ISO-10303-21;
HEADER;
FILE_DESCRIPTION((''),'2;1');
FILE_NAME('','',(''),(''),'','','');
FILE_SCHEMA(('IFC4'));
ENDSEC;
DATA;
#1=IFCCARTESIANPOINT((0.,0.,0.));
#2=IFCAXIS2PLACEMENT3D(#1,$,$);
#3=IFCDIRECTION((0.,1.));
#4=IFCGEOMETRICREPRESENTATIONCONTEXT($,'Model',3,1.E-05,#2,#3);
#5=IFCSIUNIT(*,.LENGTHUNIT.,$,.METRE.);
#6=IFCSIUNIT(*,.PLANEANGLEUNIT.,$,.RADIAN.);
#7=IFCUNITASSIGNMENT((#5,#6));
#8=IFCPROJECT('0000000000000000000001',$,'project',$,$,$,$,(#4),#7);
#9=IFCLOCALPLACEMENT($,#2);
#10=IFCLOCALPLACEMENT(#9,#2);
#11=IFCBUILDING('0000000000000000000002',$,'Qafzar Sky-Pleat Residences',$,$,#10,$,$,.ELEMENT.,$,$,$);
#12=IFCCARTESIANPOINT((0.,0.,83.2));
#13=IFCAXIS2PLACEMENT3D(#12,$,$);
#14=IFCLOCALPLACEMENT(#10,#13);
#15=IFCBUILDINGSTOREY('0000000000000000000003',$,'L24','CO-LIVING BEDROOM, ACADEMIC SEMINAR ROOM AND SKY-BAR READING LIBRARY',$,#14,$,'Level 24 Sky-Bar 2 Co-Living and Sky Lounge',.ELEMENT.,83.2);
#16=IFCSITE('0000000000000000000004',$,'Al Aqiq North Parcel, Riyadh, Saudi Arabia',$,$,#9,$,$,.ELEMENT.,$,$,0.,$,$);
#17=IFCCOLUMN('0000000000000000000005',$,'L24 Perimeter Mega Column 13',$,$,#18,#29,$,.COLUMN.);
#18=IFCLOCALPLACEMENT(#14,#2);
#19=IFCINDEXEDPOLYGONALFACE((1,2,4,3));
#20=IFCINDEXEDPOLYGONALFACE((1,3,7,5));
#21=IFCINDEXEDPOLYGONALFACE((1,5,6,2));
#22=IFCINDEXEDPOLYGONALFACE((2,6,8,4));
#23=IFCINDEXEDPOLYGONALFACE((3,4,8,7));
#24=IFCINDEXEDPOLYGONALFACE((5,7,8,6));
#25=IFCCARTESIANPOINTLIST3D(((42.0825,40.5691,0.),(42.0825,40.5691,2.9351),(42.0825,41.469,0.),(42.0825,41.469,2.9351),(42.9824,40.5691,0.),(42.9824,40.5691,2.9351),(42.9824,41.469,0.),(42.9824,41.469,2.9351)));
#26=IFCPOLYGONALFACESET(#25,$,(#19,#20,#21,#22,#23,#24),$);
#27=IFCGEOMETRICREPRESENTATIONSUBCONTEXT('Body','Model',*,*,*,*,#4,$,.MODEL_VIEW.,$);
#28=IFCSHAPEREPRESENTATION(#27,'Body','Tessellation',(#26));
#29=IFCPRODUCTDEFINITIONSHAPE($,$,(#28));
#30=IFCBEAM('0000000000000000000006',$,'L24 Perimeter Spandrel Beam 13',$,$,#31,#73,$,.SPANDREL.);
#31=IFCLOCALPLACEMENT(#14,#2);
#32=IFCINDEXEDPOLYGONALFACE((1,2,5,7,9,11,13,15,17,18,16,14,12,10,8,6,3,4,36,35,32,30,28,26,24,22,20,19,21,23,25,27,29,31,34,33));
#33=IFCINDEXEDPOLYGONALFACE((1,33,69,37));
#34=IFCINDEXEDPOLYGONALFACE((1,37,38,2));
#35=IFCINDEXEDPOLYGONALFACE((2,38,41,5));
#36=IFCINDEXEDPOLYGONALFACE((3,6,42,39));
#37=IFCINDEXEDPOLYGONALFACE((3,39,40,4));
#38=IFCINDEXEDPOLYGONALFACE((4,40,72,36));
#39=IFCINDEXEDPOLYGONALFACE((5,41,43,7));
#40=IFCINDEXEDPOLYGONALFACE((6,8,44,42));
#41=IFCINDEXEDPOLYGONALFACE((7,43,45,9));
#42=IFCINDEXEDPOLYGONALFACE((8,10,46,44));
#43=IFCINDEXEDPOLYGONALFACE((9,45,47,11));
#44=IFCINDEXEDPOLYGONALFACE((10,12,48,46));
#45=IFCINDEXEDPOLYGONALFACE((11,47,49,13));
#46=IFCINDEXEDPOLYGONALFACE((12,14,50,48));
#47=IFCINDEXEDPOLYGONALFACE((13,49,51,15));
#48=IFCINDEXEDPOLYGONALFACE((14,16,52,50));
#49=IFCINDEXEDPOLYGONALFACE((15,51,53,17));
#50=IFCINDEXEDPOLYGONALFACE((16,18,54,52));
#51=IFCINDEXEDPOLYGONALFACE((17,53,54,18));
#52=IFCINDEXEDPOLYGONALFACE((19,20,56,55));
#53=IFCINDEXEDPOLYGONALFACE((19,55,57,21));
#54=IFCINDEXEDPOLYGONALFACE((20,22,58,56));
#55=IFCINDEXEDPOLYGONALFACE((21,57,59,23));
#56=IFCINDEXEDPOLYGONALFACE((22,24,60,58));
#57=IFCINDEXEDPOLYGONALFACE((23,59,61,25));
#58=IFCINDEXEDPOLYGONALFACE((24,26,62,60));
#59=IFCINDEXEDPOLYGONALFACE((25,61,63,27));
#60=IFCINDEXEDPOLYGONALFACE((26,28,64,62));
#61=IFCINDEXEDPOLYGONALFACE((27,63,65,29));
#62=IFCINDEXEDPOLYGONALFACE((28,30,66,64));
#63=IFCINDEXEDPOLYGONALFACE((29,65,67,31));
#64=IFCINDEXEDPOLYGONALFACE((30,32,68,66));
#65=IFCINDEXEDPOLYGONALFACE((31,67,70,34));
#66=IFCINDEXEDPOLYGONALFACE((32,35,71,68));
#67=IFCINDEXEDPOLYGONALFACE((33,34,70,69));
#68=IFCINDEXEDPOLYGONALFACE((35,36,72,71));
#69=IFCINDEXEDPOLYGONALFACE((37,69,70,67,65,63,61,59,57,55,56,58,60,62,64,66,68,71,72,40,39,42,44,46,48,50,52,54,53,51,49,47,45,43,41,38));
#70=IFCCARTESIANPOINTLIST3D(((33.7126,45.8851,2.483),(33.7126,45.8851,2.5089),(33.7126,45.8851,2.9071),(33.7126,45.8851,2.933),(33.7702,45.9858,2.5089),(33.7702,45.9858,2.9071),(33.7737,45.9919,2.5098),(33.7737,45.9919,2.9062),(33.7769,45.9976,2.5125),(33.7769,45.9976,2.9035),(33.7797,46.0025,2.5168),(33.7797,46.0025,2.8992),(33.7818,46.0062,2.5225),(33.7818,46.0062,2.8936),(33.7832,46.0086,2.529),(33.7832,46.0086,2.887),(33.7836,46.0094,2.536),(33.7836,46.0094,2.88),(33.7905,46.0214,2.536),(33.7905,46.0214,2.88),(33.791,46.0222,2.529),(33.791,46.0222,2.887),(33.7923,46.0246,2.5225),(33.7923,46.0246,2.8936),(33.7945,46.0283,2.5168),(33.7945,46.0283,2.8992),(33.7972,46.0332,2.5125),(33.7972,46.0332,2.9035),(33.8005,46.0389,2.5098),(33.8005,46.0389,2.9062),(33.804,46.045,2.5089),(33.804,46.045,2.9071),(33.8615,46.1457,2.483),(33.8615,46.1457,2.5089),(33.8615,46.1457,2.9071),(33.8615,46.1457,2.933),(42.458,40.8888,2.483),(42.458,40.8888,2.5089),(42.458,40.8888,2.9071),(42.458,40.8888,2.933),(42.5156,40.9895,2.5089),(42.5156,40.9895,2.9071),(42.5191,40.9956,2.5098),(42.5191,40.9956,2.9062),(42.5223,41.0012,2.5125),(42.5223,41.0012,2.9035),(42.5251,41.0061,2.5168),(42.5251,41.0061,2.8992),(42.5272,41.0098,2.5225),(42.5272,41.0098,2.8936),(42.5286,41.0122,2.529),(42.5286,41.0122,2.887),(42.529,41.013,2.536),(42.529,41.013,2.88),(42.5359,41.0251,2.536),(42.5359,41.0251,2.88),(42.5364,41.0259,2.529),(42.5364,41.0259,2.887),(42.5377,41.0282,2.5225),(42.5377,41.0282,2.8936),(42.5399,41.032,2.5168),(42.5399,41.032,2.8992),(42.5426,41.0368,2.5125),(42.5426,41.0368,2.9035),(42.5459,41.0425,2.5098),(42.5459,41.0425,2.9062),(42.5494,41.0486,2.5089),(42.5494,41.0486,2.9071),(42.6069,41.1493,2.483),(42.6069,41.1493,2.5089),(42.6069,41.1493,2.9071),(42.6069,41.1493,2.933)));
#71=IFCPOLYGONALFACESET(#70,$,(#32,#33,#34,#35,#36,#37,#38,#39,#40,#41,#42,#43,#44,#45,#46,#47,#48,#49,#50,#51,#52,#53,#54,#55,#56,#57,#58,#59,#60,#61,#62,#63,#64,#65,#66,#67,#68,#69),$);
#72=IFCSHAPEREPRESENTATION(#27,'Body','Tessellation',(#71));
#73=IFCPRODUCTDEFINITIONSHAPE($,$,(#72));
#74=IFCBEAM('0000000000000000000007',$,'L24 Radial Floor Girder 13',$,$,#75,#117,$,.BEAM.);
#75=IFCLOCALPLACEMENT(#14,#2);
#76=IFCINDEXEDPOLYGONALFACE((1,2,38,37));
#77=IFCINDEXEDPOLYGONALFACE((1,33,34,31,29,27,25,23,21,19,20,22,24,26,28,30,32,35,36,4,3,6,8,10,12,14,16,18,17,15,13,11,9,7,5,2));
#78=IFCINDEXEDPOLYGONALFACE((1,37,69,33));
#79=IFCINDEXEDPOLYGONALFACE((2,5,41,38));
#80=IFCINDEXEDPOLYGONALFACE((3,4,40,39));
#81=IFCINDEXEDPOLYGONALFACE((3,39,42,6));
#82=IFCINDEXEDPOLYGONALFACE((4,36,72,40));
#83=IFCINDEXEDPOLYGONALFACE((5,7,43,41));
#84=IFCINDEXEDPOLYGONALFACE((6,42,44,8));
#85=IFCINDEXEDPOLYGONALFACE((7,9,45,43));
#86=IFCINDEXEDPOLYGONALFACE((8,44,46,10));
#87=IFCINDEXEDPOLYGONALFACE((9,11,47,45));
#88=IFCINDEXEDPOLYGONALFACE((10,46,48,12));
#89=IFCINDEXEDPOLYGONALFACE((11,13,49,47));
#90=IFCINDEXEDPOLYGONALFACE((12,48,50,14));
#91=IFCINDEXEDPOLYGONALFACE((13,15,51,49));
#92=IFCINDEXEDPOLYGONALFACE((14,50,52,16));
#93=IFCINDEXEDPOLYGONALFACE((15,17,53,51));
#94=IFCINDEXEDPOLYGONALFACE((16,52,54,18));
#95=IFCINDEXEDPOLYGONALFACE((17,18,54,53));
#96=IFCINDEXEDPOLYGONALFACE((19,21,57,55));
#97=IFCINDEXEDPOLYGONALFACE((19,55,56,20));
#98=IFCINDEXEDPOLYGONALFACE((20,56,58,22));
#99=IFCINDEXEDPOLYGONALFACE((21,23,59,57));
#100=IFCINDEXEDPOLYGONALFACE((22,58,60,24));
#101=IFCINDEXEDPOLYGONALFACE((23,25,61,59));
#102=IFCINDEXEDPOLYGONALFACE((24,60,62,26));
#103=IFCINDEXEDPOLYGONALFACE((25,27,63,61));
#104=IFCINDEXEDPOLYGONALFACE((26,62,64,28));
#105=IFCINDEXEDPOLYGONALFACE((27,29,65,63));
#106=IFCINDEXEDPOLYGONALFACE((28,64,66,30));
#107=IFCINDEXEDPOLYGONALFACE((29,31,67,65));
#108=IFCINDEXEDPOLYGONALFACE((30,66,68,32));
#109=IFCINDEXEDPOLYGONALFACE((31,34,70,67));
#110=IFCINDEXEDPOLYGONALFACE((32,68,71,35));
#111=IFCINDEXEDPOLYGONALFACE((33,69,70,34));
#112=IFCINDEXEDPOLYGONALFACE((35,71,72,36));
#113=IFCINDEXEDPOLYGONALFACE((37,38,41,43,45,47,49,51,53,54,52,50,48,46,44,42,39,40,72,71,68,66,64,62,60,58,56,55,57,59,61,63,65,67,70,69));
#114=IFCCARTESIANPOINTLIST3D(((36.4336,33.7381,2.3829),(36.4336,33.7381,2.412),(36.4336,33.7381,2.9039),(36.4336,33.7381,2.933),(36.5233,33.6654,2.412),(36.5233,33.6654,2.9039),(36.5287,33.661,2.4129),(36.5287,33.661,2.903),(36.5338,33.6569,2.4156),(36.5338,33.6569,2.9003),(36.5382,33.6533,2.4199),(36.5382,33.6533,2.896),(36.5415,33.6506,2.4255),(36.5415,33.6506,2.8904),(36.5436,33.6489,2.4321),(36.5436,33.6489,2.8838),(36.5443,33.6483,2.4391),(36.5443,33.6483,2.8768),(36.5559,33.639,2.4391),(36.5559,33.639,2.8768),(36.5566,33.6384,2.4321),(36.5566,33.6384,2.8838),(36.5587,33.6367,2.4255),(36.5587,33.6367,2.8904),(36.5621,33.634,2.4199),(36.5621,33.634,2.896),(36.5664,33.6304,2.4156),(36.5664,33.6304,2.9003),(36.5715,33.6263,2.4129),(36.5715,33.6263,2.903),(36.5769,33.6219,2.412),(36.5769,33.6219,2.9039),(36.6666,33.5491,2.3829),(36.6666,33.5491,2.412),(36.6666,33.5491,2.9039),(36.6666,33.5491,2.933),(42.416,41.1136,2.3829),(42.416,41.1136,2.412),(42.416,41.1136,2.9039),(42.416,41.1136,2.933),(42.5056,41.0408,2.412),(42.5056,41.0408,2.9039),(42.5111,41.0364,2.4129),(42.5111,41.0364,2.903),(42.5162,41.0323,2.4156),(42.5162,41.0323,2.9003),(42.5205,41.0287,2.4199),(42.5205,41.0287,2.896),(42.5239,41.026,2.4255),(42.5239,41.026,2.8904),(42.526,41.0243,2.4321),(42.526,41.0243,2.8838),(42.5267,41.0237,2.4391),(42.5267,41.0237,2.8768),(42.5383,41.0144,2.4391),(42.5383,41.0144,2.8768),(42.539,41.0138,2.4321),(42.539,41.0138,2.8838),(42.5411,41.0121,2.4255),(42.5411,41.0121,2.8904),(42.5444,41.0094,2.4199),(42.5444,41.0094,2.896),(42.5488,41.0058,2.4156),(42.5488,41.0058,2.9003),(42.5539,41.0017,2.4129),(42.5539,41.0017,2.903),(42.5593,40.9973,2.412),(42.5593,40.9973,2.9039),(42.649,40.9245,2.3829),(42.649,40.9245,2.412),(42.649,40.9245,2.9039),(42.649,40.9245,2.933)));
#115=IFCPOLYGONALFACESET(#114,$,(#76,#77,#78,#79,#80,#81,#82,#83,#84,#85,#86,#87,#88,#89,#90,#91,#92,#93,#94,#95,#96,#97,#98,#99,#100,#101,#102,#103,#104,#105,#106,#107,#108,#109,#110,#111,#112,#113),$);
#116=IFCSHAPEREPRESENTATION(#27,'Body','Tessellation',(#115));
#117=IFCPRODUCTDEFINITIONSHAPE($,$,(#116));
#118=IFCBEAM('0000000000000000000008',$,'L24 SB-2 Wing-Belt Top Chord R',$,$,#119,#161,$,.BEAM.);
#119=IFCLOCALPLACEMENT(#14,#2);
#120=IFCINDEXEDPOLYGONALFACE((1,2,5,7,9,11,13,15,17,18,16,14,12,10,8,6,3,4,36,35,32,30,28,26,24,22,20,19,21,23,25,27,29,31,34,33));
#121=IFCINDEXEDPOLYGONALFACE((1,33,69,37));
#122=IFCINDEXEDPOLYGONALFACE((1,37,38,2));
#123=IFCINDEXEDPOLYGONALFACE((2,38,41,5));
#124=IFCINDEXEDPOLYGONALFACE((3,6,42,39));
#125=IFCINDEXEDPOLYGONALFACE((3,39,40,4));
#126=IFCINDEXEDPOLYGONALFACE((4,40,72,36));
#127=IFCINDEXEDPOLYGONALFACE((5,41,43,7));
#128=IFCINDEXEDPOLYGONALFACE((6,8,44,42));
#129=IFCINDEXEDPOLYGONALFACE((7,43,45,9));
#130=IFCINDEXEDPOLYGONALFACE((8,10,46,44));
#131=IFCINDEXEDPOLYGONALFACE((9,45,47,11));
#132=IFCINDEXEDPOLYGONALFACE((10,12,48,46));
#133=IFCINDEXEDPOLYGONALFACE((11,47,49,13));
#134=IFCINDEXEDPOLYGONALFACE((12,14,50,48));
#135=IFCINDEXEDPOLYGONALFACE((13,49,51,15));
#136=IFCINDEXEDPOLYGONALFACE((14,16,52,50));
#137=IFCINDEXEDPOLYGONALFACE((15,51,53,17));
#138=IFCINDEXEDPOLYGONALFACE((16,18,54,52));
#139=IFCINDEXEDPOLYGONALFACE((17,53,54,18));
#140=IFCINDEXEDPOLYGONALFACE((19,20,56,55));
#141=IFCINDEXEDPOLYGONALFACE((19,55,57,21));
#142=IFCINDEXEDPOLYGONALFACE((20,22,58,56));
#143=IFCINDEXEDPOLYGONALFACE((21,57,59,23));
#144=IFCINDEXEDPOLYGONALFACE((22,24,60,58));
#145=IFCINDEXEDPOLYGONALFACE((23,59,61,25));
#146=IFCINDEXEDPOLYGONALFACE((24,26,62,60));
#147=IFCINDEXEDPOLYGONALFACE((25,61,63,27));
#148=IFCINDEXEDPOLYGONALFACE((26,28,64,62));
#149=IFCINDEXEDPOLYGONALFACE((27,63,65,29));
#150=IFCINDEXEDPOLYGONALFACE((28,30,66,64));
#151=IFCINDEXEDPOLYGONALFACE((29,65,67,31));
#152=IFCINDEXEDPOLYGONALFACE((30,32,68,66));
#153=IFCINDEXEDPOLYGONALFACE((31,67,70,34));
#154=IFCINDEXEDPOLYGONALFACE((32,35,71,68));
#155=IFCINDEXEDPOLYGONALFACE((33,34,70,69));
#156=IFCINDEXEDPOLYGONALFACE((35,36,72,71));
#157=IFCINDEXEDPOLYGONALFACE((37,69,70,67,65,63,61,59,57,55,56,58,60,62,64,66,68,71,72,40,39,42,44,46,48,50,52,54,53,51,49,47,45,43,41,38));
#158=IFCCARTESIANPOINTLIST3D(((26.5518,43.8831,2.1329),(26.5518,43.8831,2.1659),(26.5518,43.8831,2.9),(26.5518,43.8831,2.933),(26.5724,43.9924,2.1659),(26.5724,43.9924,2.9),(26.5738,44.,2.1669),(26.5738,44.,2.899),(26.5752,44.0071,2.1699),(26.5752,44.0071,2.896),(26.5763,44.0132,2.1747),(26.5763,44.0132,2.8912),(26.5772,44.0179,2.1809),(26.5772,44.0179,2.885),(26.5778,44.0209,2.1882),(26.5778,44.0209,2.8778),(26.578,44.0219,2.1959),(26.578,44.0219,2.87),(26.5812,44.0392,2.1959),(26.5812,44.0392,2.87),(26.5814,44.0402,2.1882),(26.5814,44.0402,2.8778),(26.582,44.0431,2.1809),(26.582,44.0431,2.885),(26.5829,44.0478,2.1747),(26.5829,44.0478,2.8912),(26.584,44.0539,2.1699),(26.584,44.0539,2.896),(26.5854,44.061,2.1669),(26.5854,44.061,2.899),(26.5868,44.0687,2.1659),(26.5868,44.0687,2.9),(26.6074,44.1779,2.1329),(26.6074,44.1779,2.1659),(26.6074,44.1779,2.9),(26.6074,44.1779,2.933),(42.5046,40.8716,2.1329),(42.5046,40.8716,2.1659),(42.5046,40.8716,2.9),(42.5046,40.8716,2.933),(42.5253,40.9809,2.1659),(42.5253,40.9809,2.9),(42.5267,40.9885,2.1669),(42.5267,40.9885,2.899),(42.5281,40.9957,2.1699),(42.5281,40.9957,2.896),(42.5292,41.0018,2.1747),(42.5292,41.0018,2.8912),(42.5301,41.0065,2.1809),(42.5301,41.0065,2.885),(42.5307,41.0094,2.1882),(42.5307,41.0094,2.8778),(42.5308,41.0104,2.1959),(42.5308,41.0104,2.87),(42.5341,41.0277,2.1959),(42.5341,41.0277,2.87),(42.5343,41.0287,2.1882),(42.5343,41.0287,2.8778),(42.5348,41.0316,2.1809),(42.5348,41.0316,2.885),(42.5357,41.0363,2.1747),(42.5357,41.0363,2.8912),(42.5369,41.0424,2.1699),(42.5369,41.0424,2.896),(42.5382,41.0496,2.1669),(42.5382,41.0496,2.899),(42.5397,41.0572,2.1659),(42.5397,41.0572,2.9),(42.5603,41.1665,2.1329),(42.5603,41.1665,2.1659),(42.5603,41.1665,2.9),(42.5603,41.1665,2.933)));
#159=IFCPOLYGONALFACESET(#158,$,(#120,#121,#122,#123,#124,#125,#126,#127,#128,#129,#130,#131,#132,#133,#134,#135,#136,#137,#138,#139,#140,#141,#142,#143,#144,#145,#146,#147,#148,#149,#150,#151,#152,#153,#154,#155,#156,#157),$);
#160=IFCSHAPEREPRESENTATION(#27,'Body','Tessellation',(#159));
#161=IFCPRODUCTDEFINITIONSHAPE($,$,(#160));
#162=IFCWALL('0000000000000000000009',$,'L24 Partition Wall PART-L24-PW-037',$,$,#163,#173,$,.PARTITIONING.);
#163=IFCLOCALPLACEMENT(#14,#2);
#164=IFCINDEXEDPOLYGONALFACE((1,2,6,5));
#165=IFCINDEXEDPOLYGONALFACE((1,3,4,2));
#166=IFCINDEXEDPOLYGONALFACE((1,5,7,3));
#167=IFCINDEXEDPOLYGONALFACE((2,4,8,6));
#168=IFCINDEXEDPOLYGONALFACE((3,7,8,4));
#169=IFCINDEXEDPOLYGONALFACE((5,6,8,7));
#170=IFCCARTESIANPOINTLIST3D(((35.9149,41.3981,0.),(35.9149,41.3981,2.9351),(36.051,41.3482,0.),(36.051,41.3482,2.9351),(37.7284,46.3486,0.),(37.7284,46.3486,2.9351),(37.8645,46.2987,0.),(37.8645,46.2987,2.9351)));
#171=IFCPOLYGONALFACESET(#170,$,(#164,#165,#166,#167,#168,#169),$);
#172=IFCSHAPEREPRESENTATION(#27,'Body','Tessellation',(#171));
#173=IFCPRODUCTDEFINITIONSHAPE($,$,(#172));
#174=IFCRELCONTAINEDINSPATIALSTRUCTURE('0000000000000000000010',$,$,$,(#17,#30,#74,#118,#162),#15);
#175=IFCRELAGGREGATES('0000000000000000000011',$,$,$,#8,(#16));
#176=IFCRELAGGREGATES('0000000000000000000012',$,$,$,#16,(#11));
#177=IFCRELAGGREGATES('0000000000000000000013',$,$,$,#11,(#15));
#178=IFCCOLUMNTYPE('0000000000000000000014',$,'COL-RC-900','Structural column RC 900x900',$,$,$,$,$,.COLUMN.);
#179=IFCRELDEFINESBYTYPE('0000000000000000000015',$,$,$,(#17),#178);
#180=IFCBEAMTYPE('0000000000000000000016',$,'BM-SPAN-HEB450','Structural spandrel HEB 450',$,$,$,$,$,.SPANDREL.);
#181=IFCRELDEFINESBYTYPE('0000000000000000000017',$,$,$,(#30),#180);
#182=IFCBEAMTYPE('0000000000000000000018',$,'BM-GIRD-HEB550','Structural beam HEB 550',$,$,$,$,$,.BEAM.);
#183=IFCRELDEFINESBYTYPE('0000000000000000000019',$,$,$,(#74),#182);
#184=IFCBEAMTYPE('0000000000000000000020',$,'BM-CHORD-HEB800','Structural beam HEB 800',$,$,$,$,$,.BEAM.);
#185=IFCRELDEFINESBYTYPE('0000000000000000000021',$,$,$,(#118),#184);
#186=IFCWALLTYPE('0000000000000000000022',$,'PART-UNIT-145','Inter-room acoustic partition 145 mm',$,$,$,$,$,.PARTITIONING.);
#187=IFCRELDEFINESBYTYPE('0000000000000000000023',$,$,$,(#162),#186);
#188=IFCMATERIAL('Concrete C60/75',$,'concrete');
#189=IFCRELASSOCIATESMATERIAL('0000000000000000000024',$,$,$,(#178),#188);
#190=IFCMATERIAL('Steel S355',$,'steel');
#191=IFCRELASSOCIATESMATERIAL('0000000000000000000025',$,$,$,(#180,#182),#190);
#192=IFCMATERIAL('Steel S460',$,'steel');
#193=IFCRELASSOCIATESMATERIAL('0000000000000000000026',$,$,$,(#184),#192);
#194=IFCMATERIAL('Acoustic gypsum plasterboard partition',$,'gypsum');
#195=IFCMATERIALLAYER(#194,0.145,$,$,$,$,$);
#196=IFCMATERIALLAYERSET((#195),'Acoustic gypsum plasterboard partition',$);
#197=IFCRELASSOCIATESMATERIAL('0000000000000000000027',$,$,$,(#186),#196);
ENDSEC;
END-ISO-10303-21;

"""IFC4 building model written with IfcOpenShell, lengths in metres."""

from ifc_helpers import new_model, si_unit, direction, frame, frame_2d, origin, origin_2d, place, context, subcontext, project, spatial, rectangle, i_section, extrude, source, transform, mapped, material, layer, layer_set, material_profile, profile_set, type_object, element, save


model = new_model("IFC4")

# Units and contexts
model_context = context("Model", 3, precision=1e-05, world=origin(), true_north=direction((0.0, 1.0)))
body_context = subcontext(model_context, "Body", "Model", "MODEL_VIEW")
ifc_project = project(units=[si_unit("LENGTHUNIT", "METRE"), si_unit("PLANEANGLEUNIT", "RADIAN")], contexts=[model_context])

# Site, building, storey
site_placement = place(None, origin())
site = spatial("IfcSite", under=ifc_project, at=site_placement, Name="Al Aqiq North Parcel, Riyadh, Saudi Arabia", CompositionType="ELEMENT", RefElevation=0.0)
building_placement = place(site_placement, origin())
building = spatial("IfcBuilding", under=site, at=building_placement, Name="Qafzar Sky-Pleat Residences", CompositionType="ELEMENT")
storey_placement = place(building_placement, frame((0.0, 0.0, 83.2)))
storey = spatial("IfcBuildingStorey", under=building, at=storey_placement, Name="L24", Description="CO-LIVING BEDROOM, ACADEMIC SEMINAR ROOM AND SKY-BAR READING LIBRARY", LongName="Level 24 Sky-Bar 2 Co-Living and Sky Lounge", CompositionType="ELEMENT", Elevation=83.2)

# Column
ifc_material_1 = material(Name="Concrete C60/75", Category="concrete")
ifc_material_profile_1 = material_profile(ifc_material_1, rectangle(XDim=0.8999, YDim=0.8999, at=origin_2d()), Name="RC 900x900")
ifc_profile_set_1 = profile_set([ifc_material_profile_1], Name="Concrete C60/75")
column_type = type_object("IfcColumnType", Name="COL-RC-900", Description="Structural column RC 900x900", PredefinedType="COLUMN", material=ifc_profile_set_1)
shared_shape_1 = source(origin(), body_context, "Body", "SweptSolid", [
    extrude(rectangle(XDim=0.8999, YDim=0.8999, at=origin_2d()), origin(), (0.0, 0.0, 1.0), 2.9351),
])
column_placement = place(storey_placement, frame((42.5325, 41.019, 0.0), z_axis=(0.0, 0.0, 1.0), x_axis=(1.0, 0.0, 0.0)))
element("IfcColumn", 1, at=column_placement, inside=storey, type_object=column_type, Name="L24 Perimeter Mega Column 13", PredefinedType="COLUMN", context=body_context, shape_type="MappedRepresentation", body=[
    mapped(shared_shape_1, transform((0.0, 0.0, 0.0), x_axis=(1.0, 0.0, 0.0), y_axis=(0.0, 1.0, 0.0), z_axis=(0.0, 0.0, 1.0), scale=1.0)),
])

# Beams
ifc_material_2 = material(Name="Steel S355", Category="steel")
ifc_material_profile_2 = material_profile(ifc_material_2, i_section(OverallWidth=0.3, OverallDepth=0.45, WebThickness=0.0139, FlangeThickness=0.0259, FilletRadius=0.0271, at=origin_2d()), Name="HEB 450")
ifc_profile_set_2 = profile_set([ifc_material_profile_2], Name="Steel S355")
beam_type_1 = type_object("IfcBeamType", Name="BM-SPAN-HEB450", Description="Structural spandrel HEB 450", PredefinedType="SPANDREL", material=ifc_profile_set_2)
shared_shape_2 = source(origin(), body_context, "Body", "SweptSolid", [
    extrude(i_section(OverallWidth=0.3, OverallDepth=0.45, WebThickness=0.0139, FlangeThickness=0.0259, FilletRadius=0.0271, at=origin_2d()), origin(), (0.0, 0.0, 1.0), 10.072),
])
beam_1_placement = place(storey_placement, frame((42.5325, 41.019, 2.708), z_axis=(-0.868286, 0.496063, 0.0), x_axis=(-0.496063, -0.868286, 0.0)))
element("IfcBeam", 2, at=beam_1_placement, inside=storey, type_object=beam_type_1, Name="L24 Perimeter Spandrel Beam 13", PredefinedType="SPANDREL", context=body_context, shape_type="MappedRepresentation", body=[
    mapped(shared_shape_2, transform((0.0, 0.0, 0.0), x_axis=(1.0, 0.0, 0.0), y_axis=(0.0, 1.0, 0.0), z_axis=(0.0, 0.0, 1.0), scale=1.0)),
])
ifc_material_profile_3 = material_profile(ifc_material_2, i_section(OverallWidth=0.3, OverallDepth=0.55, WebThickness=0.0149, FlangeThickness=0.0291, FilletRadius=0.0271, at=origin_2d()), Name="HEB 550")
ifc_profile_set_3 = profile_set([ifc_material_profile_3], Name="Steel S355")
beam_type_2 = type_object("IfcBeamType", Name="BM-GIRD-HEB550", Description="Structural beam HEB 550", PredefinedType="BEAM", material=ifc_profile_set_3)
shared_shape_3 = source(origin(), body_context, "Body", "SweptSolid", [
    extrude(i_section(OverallWidth=0.3, OverallDepth=0.55, WebThickness=0.0149, FlangeThickness=0.0291, FilletRadius=0.0271, at=origin_2d()), origin(), (0.0, 0.0, 1.0), 9.4966),
])
beam_2_placement = place(storey_placement, frame((42.5325, 41.019, 2.658), z_axis=(-0.629948, -0.776637, 0.0), x_axis=(0.776637, -0.629948, 0.0)))
element("IfcBeam", 3, at=beam_2_placement, inside=storey, type_object=beam_type_2, Name="L24 Radial Floor Girder 13", PredefinedType="BEAM", context=body_context, shape_type="MappedRepresentation", body=[
    mapped(shared_shape_3, transform((0.0, 0.0, 0.0), x_axis=(1.0, 0.0, 0.0), y_axis=(0.0, 1.0, 0.0), z_axis=(0.0, 0.0, 1.0), scale=1.0)),
])
ifc_material_3 = material(Name="Steel S460", Category="steel")
ifc_material_profile_4 = material_profile(ifc_material_3, i_section(OverallWidth=0.3, OverallDepth=0.8, WebThickness=0.0176, FlangeThickness=0.033, FilletRadius=0.03, at=origin_2d()), Name="HEB 800")
ifc_profile_set_4 = profile_set([ifc_material_profile_4], Name="Steel S460")
beam_type_3 = type_object("IfcBeamType", Name="BM-CHORD-HEB800", Description="Structural beam HEB 800", PredefinedType="BEAM", material=ifc_profile_set_4)
shared_shape_4 = source(origin(), body_context, "Body", "SweptSolid", [
    extrude(i_section(OverallWidth=0.3, OverallDepth=0.8, WebThickness=0.0176, FlangeThickness=0.033, FilletRadius=0.03, at=origin_2d()), origin(), (0.0, 0.0, 1.0), 16.2346),
])
beam_3_placement = place(storey_placement, frame((42.5325, 41.019, 2.533), z_axis=(-0.982645, 0.185497, 0.0), x_axis=(-0.185497, -0.982645, 0.0)))
element("IfcBeam", 4, at=beam_3_placement, inside=storey, type_object=beam_type_3, Name="L24 SB-2 Wing-Belt Top Chord R", PredefinedType="BEAM", context=body_context, shape_type="MappedRepresentation", body=[
    mapped(shared_shape_4, transform((0.0, 0.0, 0.0), x_axis=(1.0, 0.0, 0.0), y_axis=(0.0, 1.0, 0.0), z_axis=(0.0, 0.0, 1.0), scale=1.0)),
])

# Wall
ifc_material_4 = material(Name="Acoustic gypsum plasterboard partition", Category="gypsum")
ifc_layer_1 = layer(ifc_material_4, 0.145)
ifc_layer_set_1 = layer_set([ifc_layer_1], Name="Acoustic gypsum plasterboard partition")
wall_type_1 = type_object("IfcWallType", Name="PART-UNIT-145", Description="Inter-room acoustic partition 145 mm", PredefinedType="PARTITIONING", material=ifc_layer_set_1)
wall_1_placement = place(storey_placement, frame((35.9829, 41.373, 0.0), z_axis=(0.0, 0.0, 1.0), x_axis=(0.343973, 0.93898, 0.0)))
element("IfcWall", 5, at=wall_1_placement, inside=storey, type_object=wall_type_1, Name="L24 Partition Wall PART-L24-PW-037", PredefinedType="PARTITIONING", context=body_context, shape_type="SweptSolid", body=[
    extrude(rectangle(XDim=5.2722, YDim=0.145, at=frame_2d((2.6362, 0.0))), origin(), (0.0, 0.0, 1.0), 2.9351),
])

save(model, "model.ifc")
